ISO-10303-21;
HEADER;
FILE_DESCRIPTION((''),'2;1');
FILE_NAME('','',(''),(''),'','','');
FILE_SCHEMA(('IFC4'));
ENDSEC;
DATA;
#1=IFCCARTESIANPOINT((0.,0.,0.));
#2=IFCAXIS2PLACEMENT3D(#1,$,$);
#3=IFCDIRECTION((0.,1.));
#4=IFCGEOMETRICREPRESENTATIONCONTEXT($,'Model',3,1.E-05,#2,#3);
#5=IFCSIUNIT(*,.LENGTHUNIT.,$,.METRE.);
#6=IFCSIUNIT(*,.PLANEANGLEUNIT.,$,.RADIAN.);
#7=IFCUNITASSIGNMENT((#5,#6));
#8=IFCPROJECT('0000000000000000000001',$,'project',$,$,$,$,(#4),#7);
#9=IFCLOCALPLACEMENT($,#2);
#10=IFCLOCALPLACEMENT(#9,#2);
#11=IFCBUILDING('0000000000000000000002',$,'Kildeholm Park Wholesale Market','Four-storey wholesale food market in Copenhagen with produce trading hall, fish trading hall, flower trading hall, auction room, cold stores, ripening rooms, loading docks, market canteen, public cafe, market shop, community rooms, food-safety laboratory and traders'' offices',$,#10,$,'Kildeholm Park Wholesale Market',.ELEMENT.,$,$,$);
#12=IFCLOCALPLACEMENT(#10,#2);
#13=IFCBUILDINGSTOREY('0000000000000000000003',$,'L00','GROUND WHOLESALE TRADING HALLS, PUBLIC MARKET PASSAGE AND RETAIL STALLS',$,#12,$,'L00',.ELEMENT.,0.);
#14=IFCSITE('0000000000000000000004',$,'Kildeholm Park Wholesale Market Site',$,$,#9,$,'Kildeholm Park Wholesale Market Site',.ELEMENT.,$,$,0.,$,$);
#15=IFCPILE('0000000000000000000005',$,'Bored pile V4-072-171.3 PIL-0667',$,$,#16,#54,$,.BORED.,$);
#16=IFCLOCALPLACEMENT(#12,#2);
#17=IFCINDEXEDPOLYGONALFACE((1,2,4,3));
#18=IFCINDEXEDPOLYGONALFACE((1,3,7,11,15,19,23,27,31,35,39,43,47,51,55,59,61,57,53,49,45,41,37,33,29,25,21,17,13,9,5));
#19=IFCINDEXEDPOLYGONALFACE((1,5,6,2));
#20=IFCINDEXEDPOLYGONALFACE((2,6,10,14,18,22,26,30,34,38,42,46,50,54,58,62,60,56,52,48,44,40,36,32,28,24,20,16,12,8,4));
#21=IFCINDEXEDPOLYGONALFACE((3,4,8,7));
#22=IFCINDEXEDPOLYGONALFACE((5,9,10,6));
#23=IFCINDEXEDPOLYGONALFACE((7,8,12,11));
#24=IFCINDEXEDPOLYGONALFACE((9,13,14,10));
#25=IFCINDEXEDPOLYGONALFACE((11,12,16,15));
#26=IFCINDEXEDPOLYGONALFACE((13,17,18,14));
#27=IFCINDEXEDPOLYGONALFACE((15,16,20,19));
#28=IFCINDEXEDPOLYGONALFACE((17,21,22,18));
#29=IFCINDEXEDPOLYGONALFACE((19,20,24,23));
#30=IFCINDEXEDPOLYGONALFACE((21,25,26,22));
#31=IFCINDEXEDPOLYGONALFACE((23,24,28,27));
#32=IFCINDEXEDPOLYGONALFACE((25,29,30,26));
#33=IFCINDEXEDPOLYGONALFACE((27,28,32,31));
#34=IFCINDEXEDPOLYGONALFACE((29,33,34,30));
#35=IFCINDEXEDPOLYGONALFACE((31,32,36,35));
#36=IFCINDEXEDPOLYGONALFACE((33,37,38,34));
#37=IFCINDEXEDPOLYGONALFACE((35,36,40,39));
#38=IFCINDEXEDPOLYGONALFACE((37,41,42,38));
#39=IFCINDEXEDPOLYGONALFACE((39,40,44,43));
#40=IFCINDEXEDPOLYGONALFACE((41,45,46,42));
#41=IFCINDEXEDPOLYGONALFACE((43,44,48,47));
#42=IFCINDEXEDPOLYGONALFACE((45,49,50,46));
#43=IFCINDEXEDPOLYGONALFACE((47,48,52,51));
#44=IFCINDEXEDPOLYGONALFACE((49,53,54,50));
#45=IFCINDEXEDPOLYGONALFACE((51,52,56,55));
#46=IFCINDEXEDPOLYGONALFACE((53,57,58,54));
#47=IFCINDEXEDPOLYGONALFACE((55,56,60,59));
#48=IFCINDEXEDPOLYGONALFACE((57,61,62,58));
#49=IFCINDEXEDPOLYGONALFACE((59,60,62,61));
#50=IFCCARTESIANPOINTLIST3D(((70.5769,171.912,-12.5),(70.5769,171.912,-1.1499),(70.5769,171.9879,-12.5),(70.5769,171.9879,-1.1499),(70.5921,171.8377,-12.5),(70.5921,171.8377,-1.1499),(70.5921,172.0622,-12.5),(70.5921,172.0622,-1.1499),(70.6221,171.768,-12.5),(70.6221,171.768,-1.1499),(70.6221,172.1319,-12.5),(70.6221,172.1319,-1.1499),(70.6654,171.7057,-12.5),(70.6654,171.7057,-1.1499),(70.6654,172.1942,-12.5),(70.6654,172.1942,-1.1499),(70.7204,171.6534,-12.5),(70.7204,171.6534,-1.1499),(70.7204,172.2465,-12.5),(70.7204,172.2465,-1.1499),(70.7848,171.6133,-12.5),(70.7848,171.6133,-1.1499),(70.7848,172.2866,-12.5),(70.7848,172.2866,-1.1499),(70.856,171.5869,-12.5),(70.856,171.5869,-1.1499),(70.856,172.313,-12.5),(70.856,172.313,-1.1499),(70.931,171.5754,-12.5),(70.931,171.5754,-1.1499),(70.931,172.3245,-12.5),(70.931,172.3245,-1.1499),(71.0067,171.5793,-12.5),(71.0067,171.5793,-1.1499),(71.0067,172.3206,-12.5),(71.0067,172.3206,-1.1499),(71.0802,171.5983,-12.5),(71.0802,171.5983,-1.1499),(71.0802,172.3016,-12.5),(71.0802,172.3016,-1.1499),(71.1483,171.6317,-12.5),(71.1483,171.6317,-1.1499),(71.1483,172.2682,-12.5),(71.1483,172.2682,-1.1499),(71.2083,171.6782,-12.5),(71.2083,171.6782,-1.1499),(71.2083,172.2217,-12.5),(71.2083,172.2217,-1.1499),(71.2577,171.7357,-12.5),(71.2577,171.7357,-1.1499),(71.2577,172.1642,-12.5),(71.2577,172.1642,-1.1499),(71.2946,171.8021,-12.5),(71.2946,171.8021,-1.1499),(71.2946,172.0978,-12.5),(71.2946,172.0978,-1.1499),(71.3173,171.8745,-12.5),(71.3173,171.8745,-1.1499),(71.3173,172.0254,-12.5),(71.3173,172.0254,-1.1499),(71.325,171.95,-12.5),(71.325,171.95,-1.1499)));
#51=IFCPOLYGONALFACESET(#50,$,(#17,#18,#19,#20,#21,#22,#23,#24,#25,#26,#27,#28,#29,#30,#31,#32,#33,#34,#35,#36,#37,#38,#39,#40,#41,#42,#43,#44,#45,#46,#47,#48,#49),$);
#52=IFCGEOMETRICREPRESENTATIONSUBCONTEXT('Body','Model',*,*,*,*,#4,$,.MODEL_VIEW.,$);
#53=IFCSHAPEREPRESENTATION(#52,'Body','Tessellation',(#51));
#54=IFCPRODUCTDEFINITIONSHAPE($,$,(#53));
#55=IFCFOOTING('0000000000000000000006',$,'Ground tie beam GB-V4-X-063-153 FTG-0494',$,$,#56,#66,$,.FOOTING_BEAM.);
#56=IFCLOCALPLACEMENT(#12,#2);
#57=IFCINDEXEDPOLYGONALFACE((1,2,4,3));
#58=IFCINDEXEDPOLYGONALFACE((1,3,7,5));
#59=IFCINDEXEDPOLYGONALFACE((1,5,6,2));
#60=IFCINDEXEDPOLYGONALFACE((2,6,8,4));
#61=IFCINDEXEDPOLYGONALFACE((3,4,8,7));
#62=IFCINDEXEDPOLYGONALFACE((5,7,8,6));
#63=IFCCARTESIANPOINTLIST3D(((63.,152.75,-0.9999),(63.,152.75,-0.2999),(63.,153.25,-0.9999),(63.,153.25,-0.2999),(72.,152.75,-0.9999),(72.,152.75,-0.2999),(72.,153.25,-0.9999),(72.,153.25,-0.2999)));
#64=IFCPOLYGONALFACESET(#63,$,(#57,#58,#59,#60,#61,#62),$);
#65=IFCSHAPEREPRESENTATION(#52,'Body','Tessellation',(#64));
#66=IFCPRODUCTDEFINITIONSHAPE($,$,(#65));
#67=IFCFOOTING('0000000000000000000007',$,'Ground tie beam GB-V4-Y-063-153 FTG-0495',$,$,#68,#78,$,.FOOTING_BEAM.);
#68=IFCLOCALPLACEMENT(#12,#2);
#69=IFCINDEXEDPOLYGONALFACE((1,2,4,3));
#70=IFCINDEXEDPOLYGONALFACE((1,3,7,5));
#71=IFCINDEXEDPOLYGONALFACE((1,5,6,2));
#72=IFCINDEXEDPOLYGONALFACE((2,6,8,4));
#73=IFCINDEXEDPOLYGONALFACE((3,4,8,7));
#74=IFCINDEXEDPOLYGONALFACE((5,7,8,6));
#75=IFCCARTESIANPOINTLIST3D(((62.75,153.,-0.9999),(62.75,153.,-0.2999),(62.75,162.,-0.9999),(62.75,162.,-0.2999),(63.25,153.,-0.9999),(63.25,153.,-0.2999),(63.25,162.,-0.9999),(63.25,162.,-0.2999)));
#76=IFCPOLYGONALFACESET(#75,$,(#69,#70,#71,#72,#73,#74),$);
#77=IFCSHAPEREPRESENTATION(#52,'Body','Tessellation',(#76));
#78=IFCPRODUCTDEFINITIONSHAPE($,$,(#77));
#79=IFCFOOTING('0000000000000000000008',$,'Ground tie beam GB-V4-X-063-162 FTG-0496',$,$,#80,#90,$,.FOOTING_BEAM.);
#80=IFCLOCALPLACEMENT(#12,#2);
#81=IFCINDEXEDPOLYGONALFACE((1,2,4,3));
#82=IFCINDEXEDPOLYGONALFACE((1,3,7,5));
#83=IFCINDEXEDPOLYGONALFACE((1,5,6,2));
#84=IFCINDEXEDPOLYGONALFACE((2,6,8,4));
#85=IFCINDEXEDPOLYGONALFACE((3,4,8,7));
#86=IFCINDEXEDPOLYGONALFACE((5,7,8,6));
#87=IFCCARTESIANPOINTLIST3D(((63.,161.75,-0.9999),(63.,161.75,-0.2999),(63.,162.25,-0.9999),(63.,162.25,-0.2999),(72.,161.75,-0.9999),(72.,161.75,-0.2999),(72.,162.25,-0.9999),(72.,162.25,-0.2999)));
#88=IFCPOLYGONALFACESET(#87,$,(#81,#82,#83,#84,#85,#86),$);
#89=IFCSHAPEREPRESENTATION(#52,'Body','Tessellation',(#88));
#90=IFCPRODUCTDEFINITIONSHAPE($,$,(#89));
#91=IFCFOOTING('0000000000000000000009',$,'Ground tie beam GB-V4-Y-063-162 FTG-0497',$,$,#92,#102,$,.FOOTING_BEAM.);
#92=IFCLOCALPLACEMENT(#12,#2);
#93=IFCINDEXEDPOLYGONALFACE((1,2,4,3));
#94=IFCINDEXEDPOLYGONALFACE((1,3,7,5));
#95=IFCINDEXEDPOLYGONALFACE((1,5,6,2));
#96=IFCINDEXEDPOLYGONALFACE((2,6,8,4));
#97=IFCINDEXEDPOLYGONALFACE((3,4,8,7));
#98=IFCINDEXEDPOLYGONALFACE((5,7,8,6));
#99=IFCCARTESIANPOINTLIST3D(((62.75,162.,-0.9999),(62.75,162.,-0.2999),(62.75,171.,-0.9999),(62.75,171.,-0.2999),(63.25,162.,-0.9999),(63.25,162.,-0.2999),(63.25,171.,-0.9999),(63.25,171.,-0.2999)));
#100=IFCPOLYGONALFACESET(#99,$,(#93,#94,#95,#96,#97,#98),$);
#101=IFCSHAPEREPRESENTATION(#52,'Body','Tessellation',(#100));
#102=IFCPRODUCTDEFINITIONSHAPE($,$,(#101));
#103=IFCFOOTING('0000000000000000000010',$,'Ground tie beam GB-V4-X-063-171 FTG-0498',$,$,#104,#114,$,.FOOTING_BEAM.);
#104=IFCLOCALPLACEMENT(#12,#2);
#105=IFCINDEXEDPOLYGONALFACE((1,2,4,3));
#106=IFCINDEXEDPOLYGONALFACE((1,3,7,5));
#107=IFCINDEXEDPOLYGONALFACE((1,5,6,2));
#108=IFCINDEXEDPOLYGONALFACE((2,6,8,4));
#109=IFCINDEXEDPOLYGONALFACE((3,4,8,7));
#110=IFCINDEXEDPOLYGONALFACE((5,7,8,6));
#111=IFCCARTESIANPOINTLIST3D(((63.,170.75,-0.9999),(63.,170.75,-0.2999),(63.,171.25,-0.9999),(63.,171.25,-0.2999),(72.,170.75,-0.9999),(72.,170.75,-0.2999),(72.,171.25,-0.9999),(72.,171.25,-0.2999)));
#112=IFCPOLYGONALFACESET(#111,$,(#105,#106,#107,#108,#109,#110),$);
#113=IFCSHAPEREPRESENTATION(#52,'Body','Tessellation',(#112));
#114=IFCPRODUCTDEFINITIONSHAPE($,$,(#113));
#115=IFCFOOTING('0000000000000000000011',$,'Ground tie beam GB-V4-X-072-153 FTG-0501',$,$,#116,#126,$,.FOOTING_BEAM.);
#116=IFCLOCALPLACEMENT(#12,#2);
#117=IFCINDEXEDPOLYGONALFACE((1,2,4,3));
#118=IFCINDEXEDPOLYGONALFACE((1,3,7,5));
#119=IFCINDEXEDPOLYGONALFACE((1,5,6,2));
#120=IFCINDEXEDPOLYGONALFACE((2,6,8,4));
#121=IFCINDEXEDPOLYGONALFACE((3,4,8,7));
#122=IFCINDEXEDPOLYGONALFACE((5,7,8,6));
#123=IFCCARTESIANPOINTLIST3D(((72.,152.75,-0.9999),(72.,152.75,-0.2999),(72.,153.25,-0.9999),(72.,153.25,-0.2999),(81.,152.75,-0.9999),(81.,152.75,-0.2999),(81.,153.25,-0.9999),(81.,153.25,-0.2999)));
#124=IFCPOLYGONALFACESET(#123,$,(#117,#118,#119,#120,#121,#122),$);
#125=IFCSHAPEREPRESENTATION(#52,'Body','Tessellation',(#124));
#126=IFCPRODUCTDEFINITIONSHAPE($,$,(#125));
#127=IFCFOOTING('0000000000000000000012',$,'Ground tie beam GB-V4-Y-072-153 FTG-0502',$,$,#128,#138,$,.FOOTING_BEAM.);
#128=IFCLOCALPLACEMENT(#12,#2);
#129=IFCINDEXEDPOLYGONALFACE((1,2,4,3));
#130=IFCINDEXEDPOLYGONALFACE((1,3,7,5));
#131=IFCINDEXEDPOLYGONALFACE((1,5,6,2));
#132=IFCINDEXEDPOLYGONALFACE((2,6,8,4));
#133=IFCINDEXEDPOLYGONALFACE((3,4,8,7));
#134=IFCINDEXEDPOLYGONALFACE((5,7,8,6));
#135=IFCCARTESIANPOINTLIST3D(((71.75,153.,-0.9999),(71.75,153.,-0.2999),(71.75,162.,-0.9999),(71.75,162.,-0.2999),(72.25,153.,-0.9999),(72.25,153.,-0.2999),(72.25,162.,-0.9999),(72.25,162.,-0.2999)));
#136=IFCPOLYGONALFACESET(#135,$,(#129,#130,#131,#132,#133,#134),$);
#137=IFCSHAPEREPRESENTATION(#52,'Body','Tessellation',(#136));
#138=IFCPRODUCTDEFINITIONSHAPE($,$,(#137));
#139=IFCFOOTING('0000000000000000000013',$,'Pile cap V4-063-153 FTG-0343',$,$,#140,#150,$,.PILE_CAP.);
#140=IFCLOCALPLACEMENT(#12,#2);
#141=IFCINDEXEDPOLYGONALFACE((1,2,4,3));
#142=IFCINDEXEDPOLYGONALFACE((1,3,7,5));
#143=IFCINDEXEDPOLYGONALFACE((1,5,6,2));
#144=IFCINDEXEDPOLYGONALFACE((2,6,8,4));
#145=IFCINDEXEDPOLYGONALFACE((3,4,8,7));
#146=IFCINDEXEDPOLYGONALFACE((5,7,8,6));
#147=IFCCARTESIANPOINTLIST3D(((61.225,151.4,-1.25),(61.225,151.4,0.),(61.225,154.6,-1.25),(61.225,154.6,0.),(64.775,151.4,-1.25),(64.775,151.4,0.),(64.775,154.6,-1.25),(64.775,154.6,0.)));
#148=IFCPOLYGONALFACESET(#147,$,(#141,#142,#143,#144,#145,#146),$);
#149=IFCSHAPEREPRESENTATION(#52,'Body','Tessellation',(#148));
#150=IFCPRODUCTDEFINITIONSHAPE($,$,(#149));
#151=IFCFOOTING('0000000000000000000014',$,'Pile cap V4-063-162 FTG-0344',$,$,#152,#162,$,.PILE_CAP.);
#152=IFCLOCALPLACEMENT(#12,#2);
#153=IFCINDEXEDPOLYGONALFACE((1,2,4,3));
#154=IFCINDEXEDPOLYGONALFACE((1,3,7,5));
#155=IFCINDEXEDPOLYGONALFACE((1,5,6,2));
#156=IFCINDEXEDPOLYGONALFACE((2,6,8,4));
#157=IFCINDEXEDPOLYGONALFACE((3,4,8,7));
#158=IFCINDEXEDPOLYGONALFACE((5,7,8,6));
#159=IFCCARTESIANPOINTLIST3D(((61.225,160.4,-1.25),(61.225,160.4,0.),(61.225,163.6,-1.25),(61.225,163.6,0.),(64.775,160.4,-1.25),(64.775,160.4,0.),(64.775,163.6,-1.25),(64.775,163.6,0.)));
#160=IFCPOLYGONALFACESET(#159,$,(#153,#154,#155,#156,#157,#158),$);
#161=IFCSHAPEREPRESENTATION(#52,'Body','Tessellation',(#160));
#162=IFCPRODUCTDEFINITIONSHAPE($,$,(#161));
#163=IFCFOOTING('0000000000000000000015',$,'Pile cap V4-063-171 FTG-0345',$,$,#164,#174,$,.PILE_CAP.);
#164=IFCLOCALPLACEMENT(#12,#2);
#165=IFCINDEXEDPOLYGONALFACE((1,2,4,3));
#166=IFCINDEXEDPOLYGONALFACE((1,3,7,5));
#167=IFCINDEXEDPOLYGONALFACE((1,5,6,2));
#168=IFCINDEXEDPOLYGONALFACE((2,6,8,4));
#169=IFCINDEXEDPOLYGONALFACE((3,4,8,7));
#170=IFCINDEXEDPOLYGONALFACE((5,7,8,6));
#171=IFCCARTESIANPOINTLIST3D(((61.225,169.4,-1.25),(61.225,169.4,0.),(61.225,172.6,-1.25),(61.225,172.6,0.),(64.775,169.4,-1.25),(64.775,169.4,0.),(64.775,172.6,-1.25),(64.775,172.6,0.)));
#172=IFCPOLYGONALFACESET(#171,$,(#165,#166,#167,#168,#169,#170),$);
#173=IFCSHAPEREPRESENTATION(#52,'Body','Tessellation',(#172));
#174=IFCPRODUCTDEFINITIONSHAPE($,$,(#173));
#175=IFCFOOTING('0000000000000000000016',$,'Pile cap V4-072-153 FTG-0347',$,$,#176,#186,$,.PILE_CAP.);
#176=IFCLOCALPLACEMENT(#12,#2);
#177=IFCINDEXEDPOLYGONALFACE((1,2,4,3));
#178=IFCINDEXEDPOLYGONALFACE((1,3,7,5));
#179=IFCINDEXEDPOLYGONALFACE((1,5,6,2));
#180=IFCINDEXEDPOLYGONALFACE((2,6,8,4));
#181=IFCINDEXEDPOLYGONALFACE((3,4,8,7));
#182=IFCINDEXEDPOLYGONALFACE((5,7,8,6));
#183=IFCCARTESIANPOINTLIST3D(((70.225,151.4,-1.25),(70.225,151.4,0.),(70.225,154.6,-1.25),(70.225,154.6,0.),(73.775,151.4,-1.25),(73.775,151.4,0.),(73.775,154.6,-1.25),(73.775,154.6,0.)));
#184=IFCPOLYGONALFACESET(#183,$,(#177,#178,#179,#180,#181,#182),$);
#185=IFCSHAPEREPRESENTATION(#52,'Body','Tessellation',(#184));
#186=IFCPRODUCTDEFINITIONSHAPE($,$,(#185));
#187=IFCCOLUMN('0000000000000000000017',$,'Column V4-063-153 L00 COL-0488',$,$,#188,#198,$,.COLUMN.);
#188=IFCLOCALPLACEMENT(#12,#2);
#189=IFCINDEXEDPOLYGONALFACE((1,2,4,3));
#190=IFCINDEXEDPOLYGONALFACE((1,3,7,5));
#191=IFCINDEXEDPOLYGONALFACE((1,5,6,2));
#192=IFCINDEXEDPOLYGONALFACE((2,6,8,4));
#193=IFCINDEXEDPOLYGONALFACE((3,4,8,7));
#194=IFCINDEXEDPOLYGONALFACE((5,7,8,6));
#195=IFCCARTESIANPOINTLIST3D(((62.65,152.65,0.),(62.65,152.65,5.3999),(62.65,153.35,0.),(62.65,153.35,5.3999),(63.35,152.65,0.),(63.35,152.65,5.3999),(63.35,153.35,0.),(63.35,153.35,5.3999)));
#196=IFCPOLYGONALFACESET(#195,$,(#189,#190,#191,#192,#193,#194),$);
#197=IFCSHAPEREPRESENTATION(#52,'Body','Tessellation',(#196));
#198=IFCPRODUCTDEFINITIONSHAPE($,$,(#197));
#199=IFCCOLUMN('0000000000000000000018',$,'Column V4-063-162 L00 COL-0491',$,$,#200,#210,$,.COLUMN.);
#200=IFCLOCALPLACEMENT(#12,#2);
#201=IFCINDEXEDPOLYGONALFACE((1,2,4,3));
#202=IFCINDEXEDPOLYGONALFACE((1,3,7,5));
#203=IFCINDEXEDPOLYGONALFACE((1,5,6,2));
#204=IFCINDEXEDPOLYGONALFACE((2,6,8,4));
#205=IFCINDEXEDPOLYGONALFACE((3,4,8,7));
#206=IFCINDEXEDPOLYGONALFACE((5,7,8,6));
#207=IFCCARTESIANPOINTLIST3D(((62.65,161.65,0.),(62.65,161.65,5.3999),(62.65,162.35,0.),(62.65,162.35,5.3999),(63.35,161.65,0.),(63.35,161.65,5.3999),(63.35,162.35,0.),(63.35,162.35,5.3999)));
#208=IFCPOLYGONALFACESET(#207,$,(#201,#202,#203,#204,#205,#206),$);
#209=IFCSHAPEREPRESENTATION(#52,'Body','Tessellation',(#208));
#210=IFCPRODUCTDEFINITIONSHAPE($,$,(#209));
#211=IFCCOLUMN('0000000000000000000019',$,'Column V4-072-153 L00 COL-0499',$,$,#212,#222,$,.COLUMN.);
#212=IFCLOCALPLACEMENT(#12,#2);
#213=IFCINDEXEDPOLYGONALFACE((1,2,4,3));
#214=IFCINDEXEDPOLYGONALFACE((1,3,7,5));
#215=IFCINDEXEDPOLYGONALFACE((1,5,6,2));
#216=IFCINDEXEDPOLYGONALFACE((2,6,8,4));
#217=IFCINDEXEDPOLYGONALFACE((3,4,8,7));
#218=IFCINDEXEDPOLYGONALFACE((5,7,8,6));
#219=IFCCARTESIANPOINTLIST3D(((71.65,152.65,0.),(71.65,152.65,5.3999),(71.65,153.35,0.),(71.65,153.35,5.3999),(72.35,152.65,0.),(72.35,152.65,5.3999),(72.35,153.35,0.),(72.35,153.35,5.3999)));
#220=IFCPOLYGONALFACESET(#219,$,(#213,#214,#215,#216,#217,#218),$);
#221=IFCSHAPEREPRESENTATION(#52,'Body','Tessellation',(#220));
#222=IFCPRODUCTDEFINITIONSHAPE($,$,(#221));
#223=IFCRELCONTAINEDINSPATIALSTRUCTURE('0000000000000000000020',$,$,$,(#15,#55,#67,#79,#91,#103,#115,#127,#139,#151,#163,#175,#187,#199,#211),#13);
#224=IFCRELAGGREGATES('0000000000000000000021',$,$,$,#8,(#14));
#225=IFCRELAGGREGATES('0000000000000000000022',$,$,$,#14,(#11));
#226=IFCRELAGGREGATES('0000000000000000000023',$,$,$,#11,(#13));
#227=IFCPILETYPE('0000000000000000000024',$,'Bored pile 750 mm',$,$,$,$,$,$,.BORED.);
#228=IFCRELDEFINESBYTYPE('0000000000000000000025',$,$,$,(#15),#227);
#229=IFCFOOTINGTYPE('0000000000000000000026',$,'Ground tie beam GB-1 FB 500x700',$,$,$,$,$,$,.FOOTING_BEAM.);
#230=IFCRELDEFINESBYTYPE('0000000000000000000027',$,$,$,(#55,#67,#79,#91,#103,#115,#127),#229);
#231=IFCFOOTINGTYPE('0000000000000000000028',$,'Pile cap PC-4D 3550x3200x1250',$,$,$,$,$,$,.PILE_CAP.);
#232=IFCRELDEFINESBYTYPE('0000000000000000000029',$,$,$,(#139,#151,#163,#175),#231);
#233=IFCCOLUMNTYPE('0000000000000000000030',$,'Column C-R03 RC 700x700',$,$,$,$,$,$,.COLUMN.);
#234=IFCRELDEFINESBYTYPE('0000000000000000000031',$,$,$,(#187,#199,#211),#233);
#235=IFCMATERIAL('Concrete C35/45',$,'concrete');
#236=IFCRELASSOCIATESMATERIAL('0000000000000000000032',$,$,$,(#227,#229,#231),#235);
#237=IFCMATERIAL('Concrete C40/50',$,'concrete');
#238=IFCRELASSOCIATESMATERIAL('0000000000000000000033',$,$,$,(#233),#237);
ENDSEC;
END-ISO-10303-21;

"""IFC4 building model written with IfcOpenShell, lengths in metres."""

from ifc_helpers import new_model, si_unit, direction, frame, origin, origin_2d, place, context, subcontext, project, spatial, rectangle, circle, extrude, material, material_profile, profile_set, type_object, element, save


model = new_model("IFC4")

# Units and contexts
model_context = context("Model", 3, precision=1e-05, world=origin(), true_north=direction((0.0, 1.0)))
body_context = subcontext(model_context, "Body", "Model", "MODEL_VIEW")
ifc_project = project(units=[si_unit("LENGTHUNIT", "METRE"), si_unit("PLANEANGLEUNIT", "RADIAN")], contexts=[model_context])

# Site, building, storey
site_placement = place(None, origin())
site = spatial("IfcSite", under=ifc_project, at=site_placement, Name="Kildeholm Park Wholesale Market Site", LongName="Kildeholm Park Wholesale Market Site", CompositionType="ELEMENT", RefElevation=0.0)
building_placement = place(site_placement, origin())
building = spatial("IfcBuilding", under=site, at=building_placement, Name="Kildeholm Park Wholesale Market", Description="Four-storey wholesale food market in Copenhagen with produce trading hall, fish trading hall, flower trading hall, auction room, cold stores, ripening rooms, loading docks, market canteen, public cafe, market shop, community rooms, food-safety laboratory and traders' offices", LongName="Kildeholm Park Wholesale Market", CompositionType="ELEMENT")
storey_placement = place(building_placement, origin())
storey = spatial("IfcBuildingStorey", under=building, at=storey_placement, Name="L00", Description="GROUND WHOLESALE TRADING HALLS, PUBLIC MARKET PASSAGE AND RETAIL STALLS", LongName="L00", CompositionType="ELEMENT", Elevation=0.0)

# Pile
ifc_material_1 = material(Name="Concrete C35/45", Category="concrete")
ifc_material_profile_1 = material_profile(ifc_material_1, circle(Radius=0.375, at=origin_2d()), Name="PILE D750")
ifc_profile_set_1 = profile_set([ifc_material_profile_1], Name="Concrete C35/45")
pile_type = type_object("IfcPileType", Name="Bored pile 750 mm", PredefinedType="BORED", material=ifc_profile_set_1)
for number, where, z_axis, x_axis, name in (
    (1, (70.95, 171.95, -1.1499), (0.0, 0.0, -1.0), (1.0, 0.0, 0.0), "Bored pile V4-072-171.3 PIL-0667"),
):
    element("IfcPile", number, at=place(storey_placement, frame(where, z_axis=z_axis, x_axis=x_axis)), inside=storey, type_object=pile_type, Name=name, PredefinedType="BORED", context=body_context, shape_type="SweptSolid", body=[
        extrude(circle(Radius=0.375, at=origin_2d()), origin(), (0.0, 0.0, 1.0), 11.3501),
    ])

# Footings
ifc_material_profile_2 = material_profile(ifc_material_1, rectangle(XDim=0.5, YDim=0.7, at=origin_2d()), Name="FB 500x700")
ifc_profile_set_2 = profile_set([ifc_material_profile_2], Name="Concrete C35/45")
footing_type_1 = type_object("IfcFootingType", Name="Ground tie beam GB-1 FB 500x700", PredefinedType="FOOTING_BEAM", material=ifc_profile_set_2)
for number, where, z_axis, x_axis, name in (
    (2, (63.0, 153.0, -0.6499), (1.0, 0.0, 0.0), (0.0, 1.0, 0.0), "Ground tie beam GB-V4-X-063-153 FTG-0494"),
    (3, (63.0, 153.0, -0.6499), (0.0, 1.0, 0.0), (-1.0, 0.0, 0.0), "Ground tie beam GB-V4-Y-063-153 FTG-0495"),
    (4, (63.0, 162.0, -0.6499), (1.0, 0.0, 0.0), (0.0, 1.0, 0.0), "Ground tie beam GB-V4-X-063-162 FTG-0496"),
    (5, (63.0, 162.0, -0.6499), (0.0, 1.0, 0.0), (-1.0, 0.0, 0.0), "Ground tie beam GB-V4-Y-063-162 FTG-0497"),
    (6, (63.0, 171.0, -0.6499), (1.0, 0.0, 0.0), (0.0, 1.0, 0.0), "Ground tie beam GB-V4-X-063-171 FTG-0498"),
    (7, (72.0, 153.0, -0.6499), (1.0, 0.0, 0.0), (0.0, 1.0, 0.0), "Ground tie beam GB-V4-X-072-153 FTG-0501"),
    (8, (72.0, 153.0, -0.6499), (0.0, 1.0, 0.0), (-1.0, 0.0, 0.0), "Ground tie beam GB-V4-Y-072-153 FTG-0502"),
):
    element("IfcFooting", number, at=place(storey_placement, frame(where, z_axis=z_axis, x_axis=x_axis)), inside=storey, type_object=footing_type_1, Name=name, PredefinedType="FOOTING_BEAM", context=body_context, shape_type="SweptSolid", body=[
        extrude(rectangle(XDim=0.5, YDim=0.7, at=origin_2d()), origin(), (0.0, 0.0, 1.0), 9.0),
    ])
footing_type_2 = type_object("IfcFootingType", Name="Pile cap PC-4D 3550x3200x1250", PredefinedType="PILE_CAP", material=ifc_material_1)
for number, where, z_axis, x_axis, name in (
    (9, (63.0, 153.0, -1.25), (0.0, 0.0, 1.0), (1.0, 0.0, 0.0), "Pile cap V4-063-153 FTG-0343"),
    (10, (63.0, 162.0, -1.25), (0.0, 0.0, 1.0), (1.0, 0.0, 0.0), "Pile cap V4-063-162 FTG-0344"),
    (11, (63.0, 171.0, -1.25), (0.0, 0.0, 1.0), (1.0, 0.0, 0.0), "Pile cap V4-063-171 FTG-0345"),
    (12, (72.0, 153.0, -1.25), (0.0, 0.0, 1.0), (1.0, 0.0, 0.0), "Pile cap V4-072-153 FTG-0347"),
):
    element("IfcFooting", number, at=place(storey_placement, frame(where, z_axis=z_axis, x_axis=x_axis)), inside=storey, type_object=footing_type_2, Name=name, PredefinedType="PILE_CAP", context=body_context, shape_type="SweptSolid", body=[
        extrude(rectangle(XDim=3.55, YDim=3.2, at=origin_2d()), origin(), (0.0, 0.0, 1.0), 1.25),
    ])

# Columns
ifc_material_2 = material(Name="Concrete C40/50", Category="concrete")
ifc_material_profile_3 = material_profile(ifc_material_2, rectangle(XDim=0.7, YDim=0.7, at=origin_2d()), Name="RC 700x700")
ifc_profile_set_3 = profile_set([ifc_material_profile_3], Name="Concrete C40/50")
column_type_1 = type_object("IfcColumnType", Name="Column C-R03 RC 700x700", PredefinedType="COLUMN", material=ifc_profile_set_3)
for number, where, z_axis, x_axis, name in (
    (13, (63.0, 153.0, 0.0), (0.0, 0.0, 1.0), (1.0, 0.0, 0.0), "Column V4-063-153 L00 COL-0488"),
    (14, (63.0, 162.0, 0.0), (0.0, 0.0, 1.0), (1.0, 0.0, 0.0), "Column V4-063-162 L00 COL-0491"),
    (15, (72.0, 153.0, 0.0), (0.0, 0.0, 1.0), (1.0, 0.0, 0.0), "Column V4-072-153 L00 COL-0499"),
):
    element("IfcColumn", number, at=place(storey_placement, frame(where, z_axis=z_axis, x_axis=x_axis)), inside=storey, type_object=column_type_1, Name=name, PredefinedType="COLUMN", context=body_context, shape_type="SweptSolid", body=[
        extrude(rectangle(XDim=0.7, YDim=0.7, at=origin_2d()), origin(), (0.0, 0.0, 1.0), 5.3999),
    ])

save(model, "model.ifc")
